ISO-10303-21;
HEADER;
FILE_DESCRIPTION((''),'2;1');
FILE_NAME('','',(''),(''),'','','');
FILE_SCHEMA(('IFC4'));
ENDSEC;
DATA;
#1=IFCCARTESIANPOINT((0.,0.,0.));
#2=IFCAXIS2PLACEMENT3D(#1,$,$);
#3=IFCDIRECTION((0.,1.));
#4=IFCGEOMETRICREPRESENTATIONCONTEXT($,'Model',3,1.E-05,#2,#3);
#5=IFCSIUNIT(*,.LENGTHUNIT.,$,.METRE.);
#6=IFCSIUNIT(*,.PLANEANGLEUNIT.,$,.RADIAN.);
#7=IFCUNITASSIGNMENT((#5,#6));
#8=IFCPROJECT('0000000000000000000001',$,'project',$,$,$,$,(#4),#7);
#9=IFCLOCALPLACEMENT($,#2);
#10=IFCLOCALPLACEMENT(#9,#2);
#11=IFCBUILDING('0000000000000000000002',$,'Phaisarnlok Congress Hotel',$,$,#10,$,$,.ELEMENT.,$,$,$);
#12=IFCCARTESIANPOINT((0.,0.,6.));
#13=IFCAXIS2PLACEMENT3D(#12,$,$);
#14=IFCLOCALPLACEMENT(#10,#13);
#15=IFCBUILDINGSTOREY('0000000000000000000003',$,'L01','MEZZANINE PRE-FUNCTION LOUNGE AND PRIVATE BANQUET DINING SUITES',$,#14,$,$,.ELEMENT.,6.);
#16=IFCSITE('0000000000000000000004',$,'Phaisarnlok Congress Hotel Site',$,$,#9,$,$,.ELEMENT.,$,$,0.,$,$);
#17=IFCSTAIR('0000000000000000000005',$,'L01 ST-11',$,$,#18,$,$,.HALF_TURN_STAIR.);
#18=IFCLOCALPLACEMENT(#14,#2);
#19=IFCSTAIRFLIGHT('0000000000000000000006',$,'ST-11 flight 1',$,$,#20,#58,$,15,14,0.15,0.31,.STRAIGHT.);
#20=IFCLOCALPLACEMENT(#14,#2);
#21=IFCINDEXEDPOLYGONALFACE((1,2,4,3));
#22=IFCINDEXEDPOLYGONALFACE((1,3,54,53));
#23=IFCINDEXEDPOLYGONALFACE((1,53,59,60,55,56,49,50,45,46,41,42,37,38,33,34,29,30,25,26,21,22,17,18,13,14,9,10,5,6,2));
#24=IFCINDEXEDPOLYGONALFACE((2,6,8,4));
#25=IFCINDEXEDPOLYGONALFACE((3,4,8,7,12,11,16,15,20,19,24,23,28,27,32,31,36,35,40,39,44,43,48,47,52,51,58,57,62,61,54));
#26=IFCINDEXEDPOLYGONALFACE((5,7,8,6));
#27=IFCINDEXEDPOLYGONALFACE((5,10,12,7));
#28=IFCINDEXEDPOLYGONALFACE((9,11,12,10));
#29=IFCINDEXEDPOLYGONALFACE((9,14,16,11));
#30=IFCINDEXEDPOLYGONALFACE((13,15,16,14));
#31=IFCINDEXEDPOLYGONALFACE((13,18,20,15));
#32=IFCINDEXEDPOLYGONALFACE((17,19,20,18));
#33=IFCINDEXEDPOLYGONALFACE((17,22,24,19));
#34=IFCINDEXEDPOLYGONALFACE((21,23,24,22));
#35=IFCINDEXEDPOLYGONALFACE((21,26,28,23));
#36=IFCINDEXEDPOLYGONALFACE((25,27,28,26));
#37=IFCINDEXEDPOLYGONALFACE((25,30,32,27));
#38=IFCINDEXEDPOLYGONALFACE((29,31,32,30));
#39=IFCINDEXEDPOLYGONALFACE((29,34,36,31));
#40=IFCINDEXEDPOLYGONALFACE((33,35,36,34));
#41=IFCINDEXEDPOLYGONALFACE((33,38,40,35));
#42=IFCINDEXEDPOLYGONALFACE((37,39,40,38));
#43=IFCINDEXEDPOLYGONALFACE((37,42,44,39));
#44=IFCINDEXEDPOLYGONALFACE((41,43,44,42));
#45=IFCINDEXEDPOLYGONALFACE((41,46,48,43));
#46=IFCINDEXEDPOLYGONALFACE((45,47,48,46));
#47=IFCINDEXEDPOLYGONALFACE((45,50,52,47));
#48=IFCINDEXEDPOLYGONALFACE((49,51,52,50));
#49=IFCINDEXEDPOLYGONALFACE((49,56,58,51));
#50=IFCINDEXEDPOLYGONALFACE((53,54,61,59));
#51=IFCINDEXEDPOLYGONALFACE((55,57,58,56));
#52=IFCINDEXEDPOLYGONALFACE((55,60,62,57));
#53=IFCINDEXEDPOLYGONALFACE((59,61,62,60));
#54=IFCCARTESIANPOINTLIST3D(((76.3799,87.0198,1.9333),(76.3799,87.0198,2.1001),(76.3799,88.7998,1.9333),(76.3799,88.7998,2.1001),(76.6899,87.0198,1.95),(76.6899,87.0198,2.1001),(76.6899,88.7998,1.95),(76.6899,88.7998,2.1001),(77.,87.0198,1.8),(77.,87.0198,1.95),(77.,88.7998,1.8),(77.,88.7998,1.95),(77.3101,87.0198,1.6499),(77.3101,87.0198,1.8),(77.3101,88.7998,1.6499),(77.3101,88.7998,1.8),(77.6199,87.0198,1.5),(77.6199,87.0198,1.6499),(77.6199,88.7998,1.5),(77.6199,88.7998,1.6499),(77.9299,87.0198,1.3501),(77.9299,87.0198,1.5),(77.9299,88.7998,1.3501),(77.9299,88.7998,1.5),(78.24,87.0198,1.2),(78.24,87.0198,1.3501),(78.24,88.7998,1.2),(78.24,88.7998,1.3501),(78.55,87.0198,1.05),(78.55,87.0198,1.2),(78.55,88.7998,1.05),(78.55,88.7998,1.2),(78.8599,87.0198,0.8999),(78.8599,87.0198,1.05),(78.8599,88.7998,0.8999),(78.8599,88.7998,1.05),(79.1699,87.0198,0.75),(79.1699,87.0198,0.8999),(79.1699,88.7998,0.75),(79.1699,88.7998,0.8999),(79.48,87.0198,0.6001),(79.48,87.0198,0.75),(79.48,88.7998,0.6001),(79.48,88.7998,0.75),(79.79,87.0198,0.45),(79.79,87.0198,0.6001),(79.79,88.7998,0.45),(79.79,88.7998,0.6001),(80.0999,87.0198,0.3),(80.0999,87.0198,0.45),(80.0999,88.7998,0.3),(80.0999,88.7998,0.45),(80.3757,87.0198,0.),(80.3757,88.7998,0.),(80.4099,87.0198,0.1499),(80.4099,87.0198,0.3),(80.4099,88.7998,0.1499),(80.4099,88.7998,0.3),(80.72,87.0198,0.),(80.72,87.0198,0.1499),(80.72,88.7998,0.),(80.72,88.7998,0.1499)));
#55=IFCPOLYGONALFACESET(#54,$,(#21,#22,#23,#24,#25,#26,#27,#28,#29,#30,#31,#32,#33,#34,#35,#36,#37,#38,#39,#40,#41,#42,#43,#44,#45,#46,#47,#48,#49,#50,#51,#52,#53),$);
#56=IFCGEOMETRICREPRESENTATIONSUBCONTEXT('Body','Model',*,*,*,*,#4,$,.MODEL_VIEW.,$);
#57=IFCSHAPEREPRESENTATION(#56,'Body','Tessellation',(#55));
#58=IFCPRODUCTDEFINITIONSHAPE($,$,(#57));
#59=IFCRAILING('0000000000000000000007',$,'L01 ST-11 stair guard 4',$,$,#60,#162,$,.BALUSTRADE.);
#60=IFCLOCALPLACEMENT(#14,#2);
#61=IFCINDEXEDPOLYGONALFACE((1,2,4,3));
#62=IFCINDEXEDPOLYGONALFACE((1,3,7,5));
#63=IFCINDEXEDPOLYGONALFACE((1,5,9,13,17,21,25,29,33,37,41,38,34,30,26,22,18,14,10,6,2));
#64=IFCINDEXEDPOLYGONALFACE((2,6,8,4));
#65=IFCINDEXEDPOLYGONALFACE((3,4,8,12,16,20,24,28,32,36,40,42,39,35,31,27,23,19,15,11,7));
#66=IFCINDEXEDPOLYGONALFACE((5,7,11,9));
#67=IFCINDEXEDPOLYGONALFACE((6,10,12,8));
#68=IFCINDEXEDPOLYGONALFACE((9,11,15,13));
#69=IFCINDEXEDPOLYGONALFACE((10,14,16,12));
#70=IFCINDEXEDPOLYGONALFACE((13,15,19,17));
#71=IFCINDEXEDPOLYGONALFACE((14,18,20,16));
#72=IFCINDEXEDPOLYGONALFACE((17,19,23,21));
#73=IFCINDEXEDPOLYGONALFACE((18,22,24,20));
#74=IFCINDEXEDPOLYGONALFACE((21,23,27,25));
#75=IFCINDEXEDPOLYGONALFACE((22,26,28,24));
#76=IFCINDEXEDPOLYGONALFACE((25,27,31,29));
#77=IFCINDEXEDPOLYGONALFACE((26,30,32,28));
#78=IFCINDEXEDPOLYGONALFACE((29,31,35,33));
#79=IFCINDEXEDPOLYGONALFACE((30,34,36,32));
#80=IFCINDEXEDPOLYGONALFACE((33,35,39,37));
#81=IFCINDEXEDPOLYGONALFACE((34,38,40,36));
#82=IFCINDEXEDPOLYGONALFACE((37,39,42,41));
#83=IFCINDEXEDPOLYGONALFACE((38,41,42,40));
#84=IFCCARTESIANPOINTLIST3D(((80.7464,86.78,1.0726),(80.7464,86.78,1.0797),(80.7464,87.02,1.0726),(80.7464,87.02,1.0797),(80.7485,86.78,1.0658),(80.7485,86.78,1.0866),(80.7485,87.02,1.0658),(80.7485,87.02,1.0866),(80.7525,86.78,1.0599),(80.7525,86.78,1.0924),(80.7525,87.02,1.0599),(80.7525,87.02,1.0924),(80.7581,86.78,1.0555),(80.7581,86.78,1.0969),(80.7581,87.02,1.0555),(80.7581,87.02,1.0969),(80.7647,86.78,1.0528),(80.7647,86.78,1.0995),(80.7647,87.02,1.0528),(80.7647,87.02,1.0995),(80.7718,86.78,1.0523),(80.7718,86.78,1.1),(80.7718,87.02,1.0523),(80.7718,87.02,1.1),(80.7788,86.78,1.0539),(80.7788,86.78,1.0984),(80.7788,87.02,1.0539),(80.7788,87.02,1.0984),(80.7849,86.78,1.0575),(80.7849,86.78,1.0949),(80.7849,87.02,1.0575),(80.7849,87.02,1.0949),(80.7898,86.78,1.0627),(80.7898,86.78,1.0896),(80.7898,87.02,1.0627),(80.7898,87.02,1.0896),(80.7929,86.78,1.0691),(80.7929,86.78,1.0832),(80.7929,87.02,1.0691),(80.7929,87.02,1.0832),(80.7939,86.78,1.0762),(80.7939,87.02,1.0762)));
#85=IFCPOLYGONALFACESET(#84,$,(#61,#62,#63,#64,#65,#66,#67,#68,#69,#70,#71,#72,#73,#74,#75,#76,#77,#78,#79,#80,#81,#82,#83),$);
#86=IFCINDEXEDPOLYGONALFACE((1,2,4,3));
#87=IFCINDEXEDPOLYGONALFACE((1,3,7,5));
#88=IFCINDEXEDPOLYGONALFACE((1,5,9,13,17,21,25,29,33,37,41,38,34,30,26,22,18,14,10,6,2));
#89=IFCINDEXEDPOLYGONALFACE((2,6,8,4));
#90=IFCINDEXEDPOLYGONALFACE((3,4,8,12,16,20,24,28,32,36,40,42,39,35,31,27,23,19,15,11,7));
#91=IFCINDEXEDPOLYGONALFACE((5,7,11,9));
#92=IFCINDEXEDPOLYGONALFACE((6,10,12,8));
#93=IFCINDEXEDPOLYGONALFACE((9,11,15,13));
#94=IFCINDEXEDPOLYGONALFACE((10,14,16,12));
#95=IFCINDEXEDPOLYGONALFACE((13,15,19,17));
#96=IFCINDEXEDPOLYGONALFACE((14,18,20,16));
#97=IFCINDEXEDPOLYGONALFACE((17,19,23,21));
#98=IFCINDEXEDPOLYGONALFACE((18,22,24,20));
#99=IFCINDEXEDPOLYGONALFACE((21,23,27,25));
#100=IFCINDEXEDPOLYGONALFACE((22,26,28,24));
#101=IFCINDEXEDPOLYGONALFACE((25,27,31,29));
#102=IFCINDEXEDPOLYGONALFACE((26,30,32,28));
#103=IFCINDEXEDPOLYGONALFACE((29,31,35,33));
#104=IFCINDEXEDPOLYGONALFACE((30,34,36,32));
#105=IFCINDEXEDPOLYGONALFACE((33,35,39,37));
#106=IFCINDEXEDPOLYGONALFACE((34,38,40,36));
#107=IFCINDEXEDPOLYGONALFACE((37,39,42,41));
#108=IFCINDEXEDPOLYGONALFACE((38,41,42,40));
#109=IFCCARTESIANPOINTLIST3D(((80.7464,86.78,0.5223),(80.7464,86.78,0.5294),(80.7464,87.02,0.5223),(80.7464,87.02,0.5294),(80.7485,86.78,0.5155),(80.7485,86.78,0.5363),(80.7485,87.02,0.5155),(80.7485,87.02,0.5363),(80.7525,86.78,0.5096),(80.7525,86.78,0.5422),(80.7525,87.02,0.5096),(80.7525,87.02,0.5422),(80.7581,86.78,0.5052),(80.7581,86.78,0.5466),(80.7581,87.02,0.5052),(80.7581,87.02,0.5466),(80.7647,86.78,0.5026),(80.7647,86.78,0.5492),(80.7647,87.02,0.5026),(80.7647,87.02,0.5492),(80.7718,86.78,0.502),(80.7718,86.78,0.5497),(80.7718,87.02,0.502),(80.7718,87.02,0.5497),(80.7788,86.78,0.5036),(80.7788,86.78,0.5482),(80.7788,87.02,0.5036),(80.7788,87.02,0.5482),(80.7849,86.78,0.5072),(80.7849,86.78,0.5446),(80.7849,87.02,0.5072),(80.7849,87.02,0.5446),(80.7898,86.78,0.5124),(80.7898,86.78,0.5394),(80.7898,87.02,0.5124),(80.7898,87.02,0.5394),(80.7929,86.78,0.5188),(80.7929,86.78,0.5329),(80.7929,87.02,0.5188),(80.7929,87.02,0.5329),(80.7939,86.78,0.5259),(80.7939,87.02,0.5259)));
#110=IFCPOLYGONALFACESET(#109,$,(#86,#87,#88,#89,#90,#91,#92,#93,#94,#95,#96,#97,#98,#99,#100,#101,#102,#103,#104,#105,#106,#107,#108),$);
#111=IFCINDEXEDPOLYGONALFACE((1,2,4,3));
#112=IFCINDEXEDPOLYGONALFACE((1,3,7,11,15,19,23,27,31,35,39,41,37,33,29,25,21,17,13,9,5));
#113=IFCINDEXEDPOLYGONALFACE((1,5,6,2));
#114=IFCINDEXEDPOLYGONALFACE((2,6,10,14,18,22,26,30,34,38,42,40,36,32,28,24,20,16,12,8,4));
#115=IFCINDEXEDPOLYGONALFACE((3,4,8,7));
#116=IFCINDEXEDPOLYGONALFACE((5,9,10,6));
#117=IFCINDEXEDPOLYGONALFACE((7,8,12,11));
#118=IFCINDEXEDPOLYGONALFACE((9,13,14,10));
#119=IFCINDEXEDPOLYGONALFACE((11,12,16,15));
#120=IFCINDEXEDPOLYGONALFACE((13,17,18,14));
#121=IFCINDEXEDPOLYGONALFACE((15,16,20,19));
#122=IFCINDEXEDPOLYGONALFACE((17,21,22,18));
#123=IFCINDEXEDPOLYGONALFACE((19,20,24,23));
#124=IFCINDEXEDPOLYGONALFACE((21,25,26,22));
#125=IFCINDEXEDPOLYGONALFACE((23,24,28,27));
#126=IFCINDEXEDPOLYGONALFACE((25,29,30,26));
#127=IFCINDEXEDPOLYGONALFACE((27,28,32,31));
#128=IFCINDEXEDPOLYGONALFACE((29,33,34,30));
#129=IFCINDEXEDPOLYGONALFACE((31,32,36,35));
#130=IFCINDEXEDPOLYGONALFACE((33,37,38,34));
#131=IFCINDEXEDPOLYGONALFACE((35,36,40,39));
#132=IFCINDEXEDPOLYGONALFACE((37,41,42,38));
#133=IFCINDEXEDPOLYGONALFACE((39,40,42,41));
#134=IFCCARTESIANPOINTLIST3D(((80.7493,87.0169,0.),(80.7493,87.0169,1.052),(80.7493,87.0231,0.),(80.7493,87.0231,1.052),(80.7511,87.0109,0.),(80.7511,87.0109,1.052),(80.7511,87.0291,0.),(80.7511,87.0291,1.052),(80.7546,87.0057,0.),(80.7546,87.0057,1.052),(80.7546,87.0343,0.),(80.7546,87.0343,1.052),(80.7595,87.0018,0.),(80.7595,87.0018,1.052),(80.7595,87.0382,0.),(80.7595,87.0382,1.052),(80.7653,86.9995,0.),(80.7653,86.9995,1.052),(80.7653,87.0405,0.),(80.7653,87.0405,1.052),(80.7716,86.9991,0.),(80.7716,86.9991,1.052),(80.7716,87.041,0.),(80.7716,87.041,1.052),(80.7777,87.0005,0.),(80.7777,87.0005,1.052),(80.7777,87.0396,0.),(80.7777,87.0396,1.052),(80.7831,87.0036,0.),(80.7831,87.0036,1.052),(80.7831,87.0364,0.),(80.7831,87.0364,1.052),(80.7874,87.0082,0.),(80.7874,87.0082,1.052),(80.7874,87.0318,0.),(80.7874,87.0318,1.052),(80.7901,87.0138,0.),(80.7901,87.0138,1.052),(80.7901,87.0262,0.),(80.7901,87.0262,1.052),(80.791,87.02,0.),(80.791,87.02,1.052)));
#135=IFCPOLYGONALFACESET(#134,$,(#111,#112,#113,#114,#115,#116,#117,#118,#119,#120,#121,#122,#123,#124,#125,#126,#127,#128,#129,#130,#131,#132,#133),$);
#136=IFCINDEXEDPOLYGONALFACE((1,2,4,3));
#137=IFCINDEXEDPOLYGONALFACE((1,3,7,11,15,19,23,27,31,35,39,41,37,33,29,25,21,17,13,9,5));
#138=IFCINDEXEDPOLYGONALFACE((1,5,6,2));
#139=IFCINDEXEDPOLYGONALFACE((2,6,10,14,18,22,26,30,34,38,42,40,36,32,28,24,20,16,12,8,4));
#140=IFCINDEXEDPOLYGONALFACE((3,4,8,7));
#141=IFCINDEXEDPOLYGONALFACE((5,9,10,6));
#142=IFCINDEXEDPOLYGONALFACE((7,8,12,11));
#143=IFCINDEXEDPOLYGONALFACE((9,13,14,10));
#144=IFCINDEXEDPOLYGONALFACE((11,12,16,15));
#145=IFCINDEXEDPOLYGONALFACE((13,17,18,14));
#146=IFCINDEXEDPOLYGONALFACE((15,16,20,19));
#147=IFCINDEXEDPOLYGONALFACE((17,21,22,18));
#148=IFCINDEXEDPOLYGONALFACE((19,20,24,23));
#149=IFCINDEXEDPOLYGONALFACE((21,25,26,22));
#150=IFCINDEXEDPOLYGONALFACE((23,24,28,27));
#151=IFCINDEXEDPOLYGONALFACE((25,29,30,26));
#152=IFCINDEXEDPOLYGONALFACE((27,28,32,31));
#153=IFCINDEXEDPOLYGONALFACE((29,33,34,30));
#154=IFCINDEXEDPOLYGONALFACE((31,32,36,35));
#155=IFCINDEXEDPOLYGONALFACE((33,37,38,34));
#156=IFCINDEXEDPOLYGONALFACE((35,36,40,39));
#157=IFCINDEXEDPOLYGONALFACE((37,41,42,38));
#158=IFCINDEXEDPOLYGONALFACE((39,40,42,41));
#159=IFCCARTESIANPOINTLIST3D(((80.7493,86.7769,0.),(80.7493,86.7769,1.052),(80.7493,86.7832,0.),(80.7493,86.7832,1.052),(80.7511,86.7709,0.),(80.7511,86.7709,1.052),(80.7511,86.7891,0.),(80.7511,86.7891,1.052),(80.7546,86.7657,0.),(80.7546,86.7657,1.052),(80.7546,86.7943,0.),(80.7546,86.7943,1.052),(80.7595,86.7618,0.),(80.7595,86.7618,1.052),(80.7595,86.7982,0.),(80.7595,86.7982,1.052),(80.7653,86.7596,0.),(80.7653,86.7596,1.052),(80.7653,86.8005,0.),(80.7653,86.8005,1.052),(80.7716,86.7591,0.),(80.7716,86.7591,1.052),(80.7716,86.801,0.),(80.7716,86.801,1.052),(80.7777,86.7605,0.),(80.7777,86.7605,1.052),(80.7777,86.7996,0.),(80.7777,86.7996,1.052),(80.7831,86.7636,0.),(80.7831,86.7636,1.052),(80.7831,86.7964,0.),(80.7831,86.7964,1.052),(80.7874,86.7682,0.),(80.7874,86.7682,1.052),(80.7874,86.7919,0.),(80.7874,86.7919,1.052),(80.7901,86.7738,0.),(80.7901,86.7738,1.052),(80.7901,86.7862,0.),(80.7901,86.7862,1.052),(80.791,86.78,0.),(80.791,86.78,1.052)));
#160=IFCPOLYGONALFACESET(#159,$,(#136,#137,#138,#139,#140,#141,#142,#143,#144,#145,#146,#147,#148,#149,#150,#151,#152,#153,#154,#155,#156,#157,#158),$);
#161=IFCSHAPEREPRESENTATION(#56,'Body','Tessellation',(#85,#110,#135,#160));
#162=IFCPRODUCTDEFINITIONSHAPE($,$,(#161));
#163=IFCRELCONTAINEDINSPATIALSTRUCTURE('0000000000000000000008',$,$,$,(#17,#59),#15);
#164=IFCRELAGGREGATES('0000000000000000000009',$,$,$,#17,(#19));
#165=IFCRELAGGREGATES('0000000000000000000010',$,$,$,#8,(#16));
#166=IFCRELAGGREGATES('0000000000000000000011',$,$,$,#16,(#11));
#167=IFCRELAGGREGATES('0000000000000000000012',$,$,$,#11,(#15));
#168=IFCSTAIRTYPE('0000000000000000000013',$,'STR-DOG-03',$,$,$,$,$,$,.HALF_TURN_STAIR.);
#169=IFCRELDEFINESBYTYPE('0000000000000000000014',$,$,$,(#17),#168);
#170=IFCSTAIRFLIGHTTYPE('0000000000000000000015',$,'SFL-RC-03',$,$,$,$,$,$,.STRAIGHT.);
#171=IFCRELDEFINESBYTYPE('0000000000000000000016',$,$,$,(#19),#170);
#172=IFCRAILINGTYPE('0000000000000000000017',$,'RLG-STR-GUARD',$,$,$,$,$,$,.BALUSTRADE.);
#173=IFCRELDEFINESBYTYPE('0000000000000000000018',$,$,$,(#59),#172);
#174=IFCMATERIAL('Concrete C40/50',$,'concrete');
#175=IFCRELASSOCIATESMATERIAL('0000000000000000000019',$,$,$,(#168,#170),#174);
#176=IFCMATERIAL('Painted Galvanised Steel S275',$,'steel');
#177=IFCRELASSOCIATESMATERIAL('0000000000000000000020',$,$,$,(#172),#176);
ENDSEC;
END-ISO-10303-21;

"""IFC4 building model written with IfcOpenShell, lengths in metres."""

from ifc_helpers import new_model, si_unit, direction, frame, origin, origin_2d, place, context, subcontext, project, spatial, polyline, circle, outline, extrude, material, type_object, element, aggregate, save


model = new_model("IFC4")

# Units and contexts
model_context = context("Model", 3, precision=1e-05, world=origin(), true_north=direction((0.0, 1.0)))
body_context = subcontext(model_context, "Body", "Model", "MODEL_VIEW")
ifc_project = project(units=[si_unit("LENGTHUNIT", "METRE"), si_unit("PLANEANGLEUNIT", "RADIAN")], contexts=[model_context])

# Site, building, storey
site_placement = place(None, origin())
site = spatial("IfcSite", under=ifc_project, at=site_placement, Name="Phaisarnlok Congress Hotel Site", CompositionType="ELEMENT", RefElevation=0.0)
building_placement = place(site_placement, origin())
building = spatial("IfcBuilding", under=site, at=building_placement, Name="Phaisarnlok Congress Hotel", CompositionType="ELEMENT")
storey_placement = place(building_placement, frame((0.0, 0.0, 6.0)))
storey = spatial("IfcBuildingStorey", under=building, at=storey_placement, Name="L01", Description="MEZZANINE PRE-FUNCTION LOUNGE AND PRIVATE BANQUET DINING SUITES", CompositionType="ELEMENT", Elevation=6.0)

# Shared definitions
ifc_material_1 = material(Name="Concrete C40/50", Category="concrete")

# Stair, stair flight
stair_type = type_object("IfcStairType", Name="STR-DOG-03", PredefinedType="HALF_TURN_STAIR", material=ifc_material_1)
stair_placement = place(storey_placement, origin())
stair = element("IfcStair", 1, at=stair_placement, inside=storey, type_object=stair_type, Name="L01 ST-11", PredefinedType="HALF_TURN_STAIR")
stair_flight_type = type_object("IfcStairFlightType", Name="SFL-RC-03", PredefinedType="STRAIGHT", material=ifc_material_1)
stair_flight_placement = place(storey_placement, frame((80.72, 87.9099, 0.0), z_axis=(0.0, 0.0, 1.0), x_axis=(-1.0, 0.0, 0.0)))
stair_flight = element("IfcStairFlight", 2, at=stair_flight_placement, type_object=stair_flight_type, Name="ST-11 flight 1", NumberOfRisers=15, NumberOfTreads=14, PredefinedType="STRAIGHT", RiserHeight=0.15, TreadLength=0.31, context=body_context, shape_type="SweptSolid", body=[
    extrude(outline(polyline([(0.0, 0.0), (0.0, 0.1499), (0.3101, 0.1499), (0.3101, 0.3), (0.6201, 0.3), (0.6201, 0.45), (0.9299, 0.45), (0.9299, 0.6001), (1.24, 0.6001), (1.24, 0.75), (1.55, 0.75), (1.55, 0.8999), (1.8601, 0.8999), (1.8601, 1.05), (2.1699, 1.05), (2.1699, 1.2), (2.48, 1.2), (2.48, 1.3501), (2.79, 1.3501), (2.79, 1.5), (3.1001, 1.5), (3.1001, 1.6499), (3.4099, 1.6499), (3.4099, 1.8), (3.72, 1.8), (3.72, 1.95), (4.03, 1.95), (4.03, 2.1001), (4.3401, 2.1001), (4.3401, 2.25), (4.3401, 1.9333), (0.3442, 0.0), (0.0, 0.0)])), frame((0.0, 0.8901, 0.0), z_axis=(0.0, -1.0, 0.0), x_axis=(1.0, 0.0, 0.0)), (0.0, 0.0, 1.0), 1.78),
])
aggregate(stair, [stair_flight])

# Railing
ifc_material_2 = material(Name="Painted Galvanised Steel S275", Category="steel")
railing_type_1 = type_object("IfcRailingType", Name="RLG-STR-GUARD", PredefinedType="BALUSTRADE", material=ifc_material_2)
railing_1_placement = place(storey_placement, frame((80.77, 87.02, 0.0)))
element("IfcRailing", 3, at=railing_1_placement, inside=storey, type_object=railing_type_1, Name="L01 ST-11 stair guard 4", PredefinedType="BALUSTRADE", context=body_context, shape_type="SweptSolid", body=[
    extrude(circle(Radius=0.0239, at=origin_2d()), frame((0.0, 0.0, 1.0762), z_axis=(0.0, -1.0, 0.0), x_axis=(1.0, 0.0, 0.0)), (0.0, 0.0, 1.0), 0.24),
    extrude(circle(Radius=0.0239, at=origin_2d()), frame((0.0, 0.0, 0.5259), z_axis=(0.0, -1.0, 0.0), x_axis=(1.0, 0.0, 0.0)), (0.0, 0.0, 1.0), 0.24),
    extrude(circle(Radius=0.021, at=origin_2d()), origin(), (0.0, 0.0, 1.0), 1.052),
    extrude(circle(Radius=0.021, at=origin_2d()), frame((0.0, -0.24, 0.0)), (0.0, 0.0, 1.0), 1.052),
])

save(model, "model.ifc")
